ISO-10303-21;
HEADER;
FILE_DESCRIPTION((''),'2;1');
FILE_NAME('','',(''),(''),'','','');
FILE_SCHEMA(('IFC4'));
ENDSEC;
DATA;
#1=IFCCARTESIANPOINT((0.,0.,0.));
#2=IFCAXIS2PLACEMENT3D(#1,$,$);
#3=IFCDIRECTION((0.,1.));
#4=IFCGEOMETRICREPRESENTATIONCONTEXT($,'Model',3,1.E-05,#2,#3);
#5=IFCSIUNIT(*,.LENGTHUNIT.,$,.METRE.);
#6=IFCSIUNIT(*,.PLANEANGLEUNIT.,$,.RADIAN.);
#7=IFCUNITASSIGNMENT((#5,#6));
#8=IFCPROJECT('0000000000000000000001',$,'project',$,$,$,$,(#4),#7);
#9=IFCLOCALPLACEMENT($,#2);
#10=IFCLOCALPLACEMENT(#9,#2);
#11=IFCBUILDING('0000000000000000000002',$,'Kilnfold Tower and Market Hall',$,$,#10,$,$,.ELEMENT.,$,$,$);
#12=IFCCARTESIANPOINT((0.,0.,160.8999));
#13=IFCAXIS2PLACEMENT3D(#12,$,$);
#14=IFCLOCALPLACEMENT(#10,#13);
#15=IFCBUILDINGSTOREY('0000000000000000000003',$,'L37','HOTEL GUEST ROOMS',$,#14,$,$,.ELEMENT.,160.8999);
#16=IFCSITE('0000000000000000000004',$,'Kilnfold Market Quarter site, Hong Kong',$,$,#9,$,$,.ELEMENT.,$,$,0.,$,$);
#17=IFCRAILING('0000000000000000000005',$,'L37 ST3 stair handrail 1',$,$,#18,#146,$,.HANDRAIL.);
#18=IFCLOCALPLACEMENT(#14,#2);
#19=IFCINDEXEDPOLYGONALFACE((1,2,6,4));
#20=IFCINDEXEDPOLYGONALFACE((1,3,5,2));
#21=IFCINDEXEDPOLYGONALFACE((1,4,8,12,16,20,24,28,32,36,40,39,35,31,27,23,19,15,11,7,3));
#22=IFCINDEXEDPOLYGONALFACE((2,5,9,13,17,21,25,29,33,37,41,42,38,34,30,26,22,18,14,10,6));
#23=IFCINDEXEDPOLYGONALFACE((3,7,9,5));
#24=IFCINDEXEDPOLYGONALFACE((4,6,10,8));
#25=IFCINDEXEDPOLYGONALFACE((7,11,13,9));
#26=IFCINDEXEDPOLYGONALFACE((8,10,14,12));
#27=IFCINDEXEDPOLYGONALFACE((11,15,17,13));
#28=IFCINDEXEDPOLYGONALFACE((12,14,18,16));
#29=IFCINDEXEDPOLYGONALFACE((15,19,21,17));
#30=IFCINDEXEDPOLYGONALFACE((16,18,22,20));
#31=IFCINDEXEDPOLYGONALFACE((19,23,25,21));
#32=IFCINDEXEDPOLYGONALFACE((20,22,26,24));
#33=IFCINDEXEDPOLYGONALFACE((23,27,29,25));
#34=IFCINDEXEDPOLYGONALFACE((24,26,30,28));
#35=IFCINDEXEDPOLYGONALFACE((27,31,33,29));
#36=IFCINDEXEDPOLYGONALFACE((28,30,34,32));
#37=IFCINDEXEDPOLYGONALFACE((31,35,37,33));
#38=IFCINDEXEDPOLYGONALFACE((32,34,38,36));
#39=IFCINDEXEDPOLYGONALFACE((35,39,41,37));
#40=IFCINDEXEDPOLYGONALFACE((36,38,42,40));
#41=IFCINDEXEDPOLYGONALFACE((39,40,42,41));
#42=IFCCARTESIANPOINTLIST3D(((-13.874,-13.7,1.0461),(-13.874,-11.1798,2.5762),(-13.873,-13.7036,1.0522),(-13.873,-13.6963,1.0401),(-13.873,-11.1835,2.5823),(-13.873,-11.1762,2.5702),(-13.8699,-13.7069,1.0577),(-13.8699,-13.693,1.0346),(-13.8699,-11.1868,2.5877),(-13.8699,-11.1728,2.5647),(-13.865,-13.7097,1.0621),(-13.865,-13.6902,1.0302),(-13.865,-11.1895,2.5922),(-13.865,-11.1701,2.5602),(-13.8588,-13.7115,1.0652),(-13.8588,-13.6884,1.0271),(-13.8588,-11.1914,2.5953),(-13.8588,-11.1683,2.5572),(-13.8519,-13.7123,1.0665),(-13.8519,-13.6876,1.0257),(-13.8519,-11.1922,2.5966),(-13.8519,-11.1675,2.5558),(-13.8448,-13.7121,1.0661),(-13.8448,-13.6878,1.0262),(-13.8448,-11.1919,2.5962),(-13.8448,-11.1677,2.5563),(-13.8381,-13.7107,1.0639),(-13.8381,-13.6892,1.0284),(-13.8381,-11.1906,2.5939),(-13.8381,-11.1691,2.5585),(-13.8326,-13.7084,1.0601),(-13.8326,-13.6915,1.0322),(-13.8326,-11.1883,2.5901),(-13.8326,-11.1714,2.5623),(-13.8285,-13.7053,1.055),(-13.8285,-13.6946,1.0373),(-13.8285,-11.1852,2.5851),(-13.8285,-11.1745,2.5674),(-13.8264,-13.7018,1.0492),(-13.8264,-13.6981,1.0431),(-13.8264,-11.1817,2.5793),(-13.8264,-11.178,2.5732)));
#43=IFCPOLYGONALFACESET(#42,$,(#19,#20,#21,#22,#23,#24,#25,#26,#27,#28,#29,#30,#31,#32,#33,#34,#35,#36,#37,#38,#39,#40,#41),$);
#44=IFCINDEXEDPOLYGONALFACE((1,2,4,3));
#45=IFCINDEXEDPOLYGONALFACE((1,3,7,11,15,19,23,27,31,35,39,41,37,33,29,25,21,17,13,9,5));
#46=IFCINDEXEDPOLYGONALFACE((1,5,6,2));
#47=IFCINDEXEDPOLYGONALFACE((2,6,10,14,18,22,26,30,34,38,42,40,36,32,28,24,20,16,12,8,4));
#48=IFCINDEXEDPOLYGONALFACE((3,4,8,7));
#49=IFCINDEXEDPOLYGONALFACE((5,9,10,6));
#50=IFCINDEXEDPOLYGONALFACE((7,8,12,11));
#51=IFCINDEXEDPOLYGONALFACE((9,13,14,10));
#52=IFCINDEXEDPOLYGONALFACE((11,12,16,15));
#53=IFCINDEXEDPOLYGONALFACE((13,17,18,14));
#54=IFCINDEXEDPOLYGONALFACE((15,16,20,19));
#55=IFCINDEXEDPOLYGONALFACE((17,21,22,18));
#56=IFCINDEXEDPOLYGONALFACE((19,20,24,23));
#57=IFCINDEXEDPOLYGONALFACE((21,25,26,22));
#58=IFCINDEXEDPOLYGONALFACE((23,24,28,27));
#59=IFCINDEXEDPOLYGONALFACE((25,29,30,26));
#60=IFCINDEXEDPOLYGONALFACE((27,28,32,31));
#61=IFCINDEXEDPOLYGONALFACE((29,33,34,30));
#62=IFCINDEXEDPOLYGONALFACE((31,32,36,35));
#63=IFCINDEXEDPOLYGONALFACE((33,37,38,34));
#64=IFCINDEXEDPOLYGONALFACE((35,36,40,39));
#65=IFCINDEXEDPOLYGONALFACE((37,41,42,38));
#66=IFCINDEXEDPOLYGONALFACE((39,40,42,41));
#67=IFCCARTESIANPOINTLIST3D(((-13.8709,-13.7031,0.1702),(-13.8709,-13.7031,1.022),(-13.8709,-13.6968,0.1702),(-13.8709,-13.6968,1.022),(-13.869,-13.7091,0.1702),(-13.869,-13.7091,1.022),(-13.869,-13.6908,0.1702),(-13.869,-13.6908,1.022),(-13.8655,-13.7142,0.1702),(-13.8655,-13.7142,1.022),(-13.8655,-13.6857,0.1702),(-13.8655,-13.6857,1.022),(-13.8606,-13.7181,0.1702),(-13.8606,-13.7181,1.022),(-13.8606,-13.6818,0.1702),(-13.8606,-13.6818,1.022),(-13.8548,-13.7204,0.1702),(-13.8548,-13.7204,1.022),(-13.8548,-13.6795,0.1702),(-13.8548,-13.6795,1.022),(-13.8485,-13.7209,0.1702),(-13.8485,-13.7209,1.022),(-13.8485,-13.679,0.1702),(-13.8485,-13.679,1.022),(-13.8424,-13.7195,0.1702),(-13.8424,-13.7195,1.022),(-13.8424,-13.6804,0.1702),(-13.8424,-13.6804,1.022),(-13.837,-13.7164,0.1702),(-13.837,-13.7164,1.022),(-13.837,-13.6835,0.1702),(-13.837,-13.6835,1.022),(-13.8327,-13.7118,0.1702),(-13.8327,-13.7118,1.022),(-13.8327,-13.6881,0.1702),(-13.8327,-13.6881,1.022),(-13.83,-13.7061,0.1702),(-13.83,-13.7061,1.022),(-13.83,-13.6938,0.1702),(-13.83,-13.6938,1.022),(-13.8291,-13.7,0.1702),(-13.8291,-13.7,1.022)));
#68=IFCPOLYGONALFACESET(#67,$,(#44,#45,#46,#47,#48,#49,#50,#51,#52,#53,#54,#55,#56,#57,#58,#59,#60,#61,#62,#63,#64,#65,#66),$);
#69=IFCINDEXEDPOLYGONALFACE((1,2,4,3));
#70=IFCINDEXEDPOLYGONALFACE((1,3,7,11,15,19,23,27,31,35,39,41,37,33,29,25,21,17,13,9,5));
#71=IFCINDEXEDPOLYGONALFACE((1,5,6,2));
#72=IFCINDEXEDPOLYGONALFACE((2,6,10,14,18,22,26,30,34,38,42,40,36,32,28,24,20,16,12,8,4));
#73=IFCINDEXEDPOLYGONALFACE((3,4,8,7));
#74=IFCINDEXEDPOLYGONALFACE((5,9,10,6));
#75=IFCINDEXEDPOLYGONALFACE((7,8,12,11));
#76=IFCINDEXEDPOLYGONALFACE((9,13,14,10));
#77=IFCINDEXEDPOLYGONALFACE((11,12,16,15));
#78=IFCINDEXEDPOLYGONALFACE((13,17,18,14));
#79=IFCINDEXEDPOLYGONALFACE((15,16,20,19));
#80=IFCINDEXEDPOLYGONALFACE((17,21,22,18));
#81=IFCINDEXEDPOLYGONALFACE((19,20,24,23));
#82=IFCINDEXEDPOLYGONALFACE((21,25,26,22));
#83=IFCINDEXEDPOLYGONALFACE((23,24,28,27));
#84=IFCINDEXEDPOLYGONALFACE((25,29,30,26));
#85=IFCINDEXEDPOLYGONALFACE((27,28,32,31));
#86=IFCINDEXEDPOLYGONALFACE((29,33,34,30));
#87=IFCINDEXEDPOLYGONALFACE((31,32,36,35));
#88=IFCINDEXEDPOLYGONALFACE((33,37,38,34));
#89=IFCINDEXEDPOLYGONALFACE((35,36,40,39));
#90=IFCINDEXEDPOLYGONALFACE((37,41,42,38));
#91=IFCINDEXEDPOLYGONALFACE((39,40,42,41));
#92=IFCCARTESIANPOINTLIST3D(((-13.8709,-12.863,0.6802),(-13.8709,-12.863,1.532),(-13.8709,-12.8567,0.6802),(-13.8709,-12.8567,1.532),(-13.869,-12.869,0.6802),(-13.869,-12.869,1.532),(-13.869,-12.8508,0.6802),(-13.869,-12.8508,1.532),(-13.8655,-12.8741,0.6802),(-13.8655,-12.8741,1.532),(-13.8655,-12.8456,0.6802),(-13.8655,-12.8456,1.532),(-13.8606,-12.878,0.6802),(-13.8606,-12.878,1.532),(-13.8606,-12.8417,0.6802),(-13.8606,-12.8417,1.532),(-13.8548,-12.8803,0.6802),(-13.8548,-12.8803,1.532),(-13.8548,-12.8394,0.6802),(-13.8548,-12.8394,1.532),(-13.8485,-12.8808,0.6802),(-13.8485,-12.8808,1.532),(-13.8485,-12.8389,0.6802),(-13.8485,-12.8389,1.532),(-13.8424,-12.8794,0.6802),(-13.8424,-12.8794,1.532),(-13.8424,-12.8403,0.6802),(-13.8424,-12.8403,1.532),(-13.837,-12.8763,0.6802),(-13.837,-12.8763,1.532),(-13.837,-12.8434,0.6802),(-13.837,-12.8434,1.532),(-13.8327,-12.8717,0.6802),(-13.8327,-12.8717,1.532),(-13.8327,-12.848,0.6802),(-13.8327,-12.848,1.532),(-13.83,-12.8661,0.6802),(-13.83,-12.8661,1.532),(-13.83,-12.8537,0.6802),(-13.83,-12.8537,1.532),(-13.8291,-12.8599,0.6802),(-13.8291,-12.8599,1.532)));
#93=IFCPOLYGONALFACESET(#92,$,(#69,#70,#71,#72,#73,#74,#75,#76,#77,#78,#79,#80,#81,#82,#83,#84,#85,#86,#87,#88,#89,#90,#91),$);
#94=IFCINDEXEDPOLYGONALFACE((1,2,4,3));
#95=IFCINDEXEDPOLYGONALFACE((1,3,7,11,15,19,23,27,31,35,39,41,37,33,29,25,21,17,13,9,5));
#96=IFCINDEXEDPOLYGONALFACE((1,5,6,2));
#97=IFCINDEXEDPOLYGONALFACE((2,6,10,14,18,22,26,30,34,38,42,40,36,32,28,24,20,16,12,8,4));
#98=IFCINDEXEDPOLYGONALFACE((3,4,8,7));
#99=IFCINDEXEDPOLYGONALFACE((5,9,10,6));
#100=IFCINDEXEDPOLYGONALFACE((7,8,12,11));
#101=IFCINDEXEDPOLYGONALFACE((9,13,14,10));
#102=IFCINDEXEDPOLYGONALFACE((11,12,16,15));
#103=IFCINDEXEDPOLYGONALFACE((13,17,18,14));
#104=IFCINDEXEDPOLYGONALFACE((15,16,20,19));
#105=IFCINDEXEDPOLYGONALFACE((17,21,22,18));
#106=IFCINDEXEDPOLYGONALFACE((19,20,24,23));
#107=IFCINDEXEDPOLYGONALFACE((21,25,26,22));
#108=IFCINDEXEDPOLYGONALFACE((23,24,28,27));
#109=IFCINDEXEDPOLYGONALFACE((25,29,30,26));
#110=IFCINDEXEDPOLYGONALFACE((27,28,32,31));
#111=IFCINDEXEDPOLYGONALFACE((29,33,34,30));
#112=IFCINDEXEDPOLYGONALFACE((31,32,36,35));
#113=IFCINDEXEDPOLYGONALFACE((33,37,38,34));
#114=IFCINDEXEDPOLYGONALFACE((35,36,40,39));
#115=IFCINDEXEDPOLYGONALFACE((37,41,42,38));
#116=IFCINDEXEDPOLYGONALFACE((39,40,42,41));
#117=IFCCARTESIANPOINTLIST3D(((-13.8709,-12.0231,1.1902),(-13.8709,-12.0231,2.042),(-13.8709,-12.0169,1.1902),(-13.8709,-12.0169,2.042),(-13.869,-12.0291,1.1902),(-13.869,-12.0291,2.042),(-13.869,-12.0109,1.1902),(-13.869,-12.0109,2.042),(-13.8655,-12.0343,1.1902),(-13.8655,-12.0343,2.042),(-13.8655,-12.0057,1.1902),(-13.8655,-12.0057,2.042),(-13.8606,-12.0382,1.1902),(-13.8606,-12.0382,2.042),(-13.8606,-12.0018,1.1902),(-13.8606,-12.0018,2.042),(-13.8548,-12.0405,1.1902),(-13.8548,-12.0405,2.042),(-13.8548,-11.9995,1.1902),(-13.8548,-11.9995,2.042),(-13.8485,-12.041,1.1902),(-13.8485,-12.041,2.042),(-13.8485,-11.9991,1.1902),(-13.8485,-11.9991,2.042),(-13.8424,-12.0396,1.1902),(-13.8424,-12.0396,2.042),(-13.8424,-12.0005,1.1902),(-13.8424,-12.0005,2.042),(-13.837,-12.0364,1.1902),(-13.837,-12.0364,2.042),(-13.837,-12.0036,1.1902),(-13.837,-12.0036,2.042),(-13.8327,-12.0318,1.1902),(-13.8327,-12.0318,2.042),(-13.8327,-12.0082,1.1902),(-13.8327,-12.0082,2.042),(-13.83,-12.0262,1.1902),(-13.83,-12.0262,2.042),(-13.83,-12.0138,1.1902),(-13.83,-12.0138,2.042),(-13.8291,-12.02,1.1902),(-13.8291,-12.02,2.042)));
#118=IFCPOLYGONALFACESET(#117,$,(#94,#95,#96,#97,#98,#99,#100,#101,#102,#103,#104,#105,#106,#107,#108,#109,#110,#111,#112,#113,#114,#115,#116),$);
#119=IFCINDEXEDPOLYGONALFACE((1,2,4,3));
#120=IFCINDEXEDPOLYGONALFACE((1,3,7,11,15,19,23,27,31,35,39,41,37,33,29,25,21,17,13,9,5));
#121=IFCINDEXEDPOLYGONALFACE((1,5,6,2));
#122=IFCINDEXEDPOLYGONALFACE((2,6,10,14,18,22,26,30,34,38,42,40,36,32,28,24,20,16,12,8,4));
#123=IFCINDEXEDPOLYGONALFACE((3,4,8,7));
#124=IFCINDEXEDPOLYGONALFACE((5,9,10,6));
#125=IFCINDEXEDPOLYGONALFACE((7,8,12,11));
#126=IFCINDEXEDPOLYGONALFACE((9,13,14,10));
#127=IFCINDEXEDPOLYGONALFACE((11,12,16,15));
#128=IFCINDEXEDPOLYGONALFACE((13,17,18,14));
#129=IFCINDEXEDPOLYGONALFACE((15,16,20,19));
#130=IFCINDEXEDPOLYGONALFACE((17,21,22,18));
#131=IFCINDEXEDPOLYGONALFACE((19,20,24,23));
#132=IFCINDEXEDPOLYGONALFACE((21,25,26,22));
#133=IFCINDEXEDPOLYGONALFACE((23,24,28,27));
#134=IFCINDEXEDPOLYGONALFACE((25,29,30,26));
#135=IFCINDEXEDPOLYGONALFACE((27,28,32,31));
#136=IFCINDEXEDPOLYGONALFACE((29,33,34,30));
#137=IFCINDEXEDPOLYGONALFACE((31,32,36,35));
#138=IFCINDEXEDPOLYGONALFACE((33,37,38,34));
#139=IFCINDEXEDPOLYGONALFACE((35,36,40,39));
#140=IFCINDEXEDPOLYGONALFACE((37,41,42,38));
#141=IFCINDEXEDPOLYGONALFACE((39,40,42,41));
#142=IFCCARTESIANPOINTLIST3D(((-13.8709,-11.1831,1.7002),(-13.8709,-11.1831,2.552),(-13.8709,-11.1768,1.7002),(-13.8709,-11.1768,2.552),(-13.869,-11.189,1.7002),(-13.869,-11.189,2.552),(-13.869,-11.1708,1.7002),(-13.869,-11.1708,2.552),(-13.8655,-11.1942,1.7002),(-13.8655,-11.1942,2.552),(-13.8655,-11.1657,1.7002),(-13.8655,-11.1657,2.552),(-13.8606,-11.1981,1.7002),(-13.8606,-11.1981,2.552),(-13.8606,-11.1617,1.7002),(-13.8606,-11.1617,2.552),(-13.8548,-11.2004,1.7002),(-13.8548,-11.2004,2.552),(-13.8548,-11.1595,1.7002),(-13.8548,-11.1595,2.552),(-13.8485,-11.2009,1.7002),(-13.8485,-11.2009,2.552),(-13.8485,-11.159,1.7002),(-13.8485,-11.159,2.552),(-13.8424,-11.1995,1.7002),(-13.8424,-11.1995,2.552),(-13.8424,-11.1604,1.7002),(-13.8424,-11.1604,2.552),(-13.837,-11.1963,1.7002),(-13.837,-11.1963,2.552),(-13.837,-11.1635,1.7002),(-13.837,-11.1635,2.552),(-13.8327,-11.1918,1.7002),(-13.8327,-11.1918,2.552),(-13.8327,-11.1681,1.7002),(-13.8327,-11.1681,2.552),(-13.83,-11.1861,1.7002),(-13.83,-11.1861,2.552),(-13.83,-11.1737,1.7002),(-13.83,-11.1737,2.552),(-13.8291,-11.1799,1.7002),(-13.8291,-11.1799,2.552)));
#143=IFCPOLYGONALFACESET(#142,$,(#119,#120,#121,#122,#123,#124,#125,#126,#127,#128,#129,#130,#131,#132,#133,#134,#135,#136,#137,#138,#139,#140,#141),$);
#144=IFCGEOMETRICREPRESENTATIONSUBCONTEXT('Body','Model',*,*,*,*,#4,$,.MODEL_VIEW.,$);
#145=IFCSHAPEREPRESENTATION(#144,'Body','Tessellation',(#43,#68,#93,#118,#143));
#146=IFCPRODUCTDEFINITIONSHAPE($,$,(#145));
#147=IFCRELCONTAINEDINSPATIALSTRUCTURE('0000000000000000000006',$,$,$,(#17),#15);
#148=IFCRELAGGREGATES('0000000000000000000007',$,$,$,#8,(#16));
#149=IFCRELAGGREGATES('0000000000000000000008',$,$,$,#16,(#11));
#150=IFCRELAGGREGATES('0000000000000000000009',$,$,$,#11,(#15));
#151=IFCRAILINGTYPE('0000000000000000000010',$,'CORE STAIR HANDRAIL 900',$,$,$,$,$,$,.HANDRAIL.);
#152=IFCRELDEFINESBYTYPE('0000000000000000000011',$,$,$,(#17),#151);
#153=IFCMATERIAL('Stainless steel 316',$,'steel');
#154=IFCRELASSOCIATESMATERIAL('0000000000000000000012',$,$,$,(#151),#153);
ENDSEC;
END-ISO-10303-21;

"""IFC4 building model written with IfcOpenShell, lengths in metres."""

from ifc_helpers import new_model, si_unit, direction, frame, origin, origin_2d, place, context, subcontext, project, spatial, circle, extrude, material, type_object, element, save


model = new_model("IFC4")

# Units and contexts
model_context = context("Model", 3, precision=1e-05, world=origin(), true_north=direction((0.0, 1.0)))
body_context = subcontext(model_context, "Body", "Model", "MODEL_VIEW")
ifc_project = project(units=[si_unit("LENGTHUNIT", "METRE"), si_unit("PLANEANGLEUNIT", "RADIAN")], contexts=[model_context])

# Site, building, storey
site_placement = place(None, origin())
site = spatial("IfcSite", under=ifc_project, at=site_placement, Name="Kilnfold Market Quarter site, Hong Kong", CompositionType="ELEMENT", RefElevation=0.0)
building_placement = place(site_placement, origin())
building = spatial("IfcBuilding", under=site, at=building_placement, Name="Kilnfold Tower and Market Hall", CompositionType="ELEMENT")
storey_placement = place(building_placement, frame((0.0, 0.0, 160.8999)))
storey = spatial("IfcBuildingStorey", under=building, at=storey_placement, Name="L37", Description="HOTEL GUEST ROOMS", CompositionType="ELEMENT", Elevation=160.8999)

# Railing
ifc_material_1 = material(Name="Stainless steel 316", Category="steel")
railing_type_1 = type_object("IfcRailingType", Name="CORE STAIR HANDRAIL 900", PredefinedType="HANDRAIL", material=ifc_material_1)
railing_1_placement = place(storey_placement, frame((-13.8501, -13.7, 0.1702)))
element("IfcRailing", 1, at=railing_1_placement, inside=storey, type_object=railing_type_1, Name="L37 ST3 stair handrail 1", PredefinedType="HANDRAIL", context=body_context, shape_type="SweptSolid", body=[
    extrude(circle(Radius=0.0239, at=origin_2d()), frame((0.0, 0.0, 0.876), z_axis=(0.0, 0.854785, 0.518982), x_axis=(-1.0, 0.0, 0.0)), (0.0, 0.0, 1.0), 2.9482),
    extrude(circle(Radius=0.021, at=origin_2d()), origin(), (0.0, 0.0, 1.0), 0.8518),
    extrude(circle(Radius=0.021, at=origin_2d()), frame((0.0, 0.8401, 0.51)), (0.0, 0.0, 1.0), 0.8518),
    extrude(circle(Radius=0.021, at=origin_2d()), frame((0.0, 1.6799, 1.02)), (0.0, 0.0, 1.0), 0.8518),
    extrude(circle(Radius=0.021, at=origin_2d()), frame((0.0, 2.52, 1.53)), (0.0, 0.0, 1.0), 0.8518),
])

save(model, "model.ifc")
